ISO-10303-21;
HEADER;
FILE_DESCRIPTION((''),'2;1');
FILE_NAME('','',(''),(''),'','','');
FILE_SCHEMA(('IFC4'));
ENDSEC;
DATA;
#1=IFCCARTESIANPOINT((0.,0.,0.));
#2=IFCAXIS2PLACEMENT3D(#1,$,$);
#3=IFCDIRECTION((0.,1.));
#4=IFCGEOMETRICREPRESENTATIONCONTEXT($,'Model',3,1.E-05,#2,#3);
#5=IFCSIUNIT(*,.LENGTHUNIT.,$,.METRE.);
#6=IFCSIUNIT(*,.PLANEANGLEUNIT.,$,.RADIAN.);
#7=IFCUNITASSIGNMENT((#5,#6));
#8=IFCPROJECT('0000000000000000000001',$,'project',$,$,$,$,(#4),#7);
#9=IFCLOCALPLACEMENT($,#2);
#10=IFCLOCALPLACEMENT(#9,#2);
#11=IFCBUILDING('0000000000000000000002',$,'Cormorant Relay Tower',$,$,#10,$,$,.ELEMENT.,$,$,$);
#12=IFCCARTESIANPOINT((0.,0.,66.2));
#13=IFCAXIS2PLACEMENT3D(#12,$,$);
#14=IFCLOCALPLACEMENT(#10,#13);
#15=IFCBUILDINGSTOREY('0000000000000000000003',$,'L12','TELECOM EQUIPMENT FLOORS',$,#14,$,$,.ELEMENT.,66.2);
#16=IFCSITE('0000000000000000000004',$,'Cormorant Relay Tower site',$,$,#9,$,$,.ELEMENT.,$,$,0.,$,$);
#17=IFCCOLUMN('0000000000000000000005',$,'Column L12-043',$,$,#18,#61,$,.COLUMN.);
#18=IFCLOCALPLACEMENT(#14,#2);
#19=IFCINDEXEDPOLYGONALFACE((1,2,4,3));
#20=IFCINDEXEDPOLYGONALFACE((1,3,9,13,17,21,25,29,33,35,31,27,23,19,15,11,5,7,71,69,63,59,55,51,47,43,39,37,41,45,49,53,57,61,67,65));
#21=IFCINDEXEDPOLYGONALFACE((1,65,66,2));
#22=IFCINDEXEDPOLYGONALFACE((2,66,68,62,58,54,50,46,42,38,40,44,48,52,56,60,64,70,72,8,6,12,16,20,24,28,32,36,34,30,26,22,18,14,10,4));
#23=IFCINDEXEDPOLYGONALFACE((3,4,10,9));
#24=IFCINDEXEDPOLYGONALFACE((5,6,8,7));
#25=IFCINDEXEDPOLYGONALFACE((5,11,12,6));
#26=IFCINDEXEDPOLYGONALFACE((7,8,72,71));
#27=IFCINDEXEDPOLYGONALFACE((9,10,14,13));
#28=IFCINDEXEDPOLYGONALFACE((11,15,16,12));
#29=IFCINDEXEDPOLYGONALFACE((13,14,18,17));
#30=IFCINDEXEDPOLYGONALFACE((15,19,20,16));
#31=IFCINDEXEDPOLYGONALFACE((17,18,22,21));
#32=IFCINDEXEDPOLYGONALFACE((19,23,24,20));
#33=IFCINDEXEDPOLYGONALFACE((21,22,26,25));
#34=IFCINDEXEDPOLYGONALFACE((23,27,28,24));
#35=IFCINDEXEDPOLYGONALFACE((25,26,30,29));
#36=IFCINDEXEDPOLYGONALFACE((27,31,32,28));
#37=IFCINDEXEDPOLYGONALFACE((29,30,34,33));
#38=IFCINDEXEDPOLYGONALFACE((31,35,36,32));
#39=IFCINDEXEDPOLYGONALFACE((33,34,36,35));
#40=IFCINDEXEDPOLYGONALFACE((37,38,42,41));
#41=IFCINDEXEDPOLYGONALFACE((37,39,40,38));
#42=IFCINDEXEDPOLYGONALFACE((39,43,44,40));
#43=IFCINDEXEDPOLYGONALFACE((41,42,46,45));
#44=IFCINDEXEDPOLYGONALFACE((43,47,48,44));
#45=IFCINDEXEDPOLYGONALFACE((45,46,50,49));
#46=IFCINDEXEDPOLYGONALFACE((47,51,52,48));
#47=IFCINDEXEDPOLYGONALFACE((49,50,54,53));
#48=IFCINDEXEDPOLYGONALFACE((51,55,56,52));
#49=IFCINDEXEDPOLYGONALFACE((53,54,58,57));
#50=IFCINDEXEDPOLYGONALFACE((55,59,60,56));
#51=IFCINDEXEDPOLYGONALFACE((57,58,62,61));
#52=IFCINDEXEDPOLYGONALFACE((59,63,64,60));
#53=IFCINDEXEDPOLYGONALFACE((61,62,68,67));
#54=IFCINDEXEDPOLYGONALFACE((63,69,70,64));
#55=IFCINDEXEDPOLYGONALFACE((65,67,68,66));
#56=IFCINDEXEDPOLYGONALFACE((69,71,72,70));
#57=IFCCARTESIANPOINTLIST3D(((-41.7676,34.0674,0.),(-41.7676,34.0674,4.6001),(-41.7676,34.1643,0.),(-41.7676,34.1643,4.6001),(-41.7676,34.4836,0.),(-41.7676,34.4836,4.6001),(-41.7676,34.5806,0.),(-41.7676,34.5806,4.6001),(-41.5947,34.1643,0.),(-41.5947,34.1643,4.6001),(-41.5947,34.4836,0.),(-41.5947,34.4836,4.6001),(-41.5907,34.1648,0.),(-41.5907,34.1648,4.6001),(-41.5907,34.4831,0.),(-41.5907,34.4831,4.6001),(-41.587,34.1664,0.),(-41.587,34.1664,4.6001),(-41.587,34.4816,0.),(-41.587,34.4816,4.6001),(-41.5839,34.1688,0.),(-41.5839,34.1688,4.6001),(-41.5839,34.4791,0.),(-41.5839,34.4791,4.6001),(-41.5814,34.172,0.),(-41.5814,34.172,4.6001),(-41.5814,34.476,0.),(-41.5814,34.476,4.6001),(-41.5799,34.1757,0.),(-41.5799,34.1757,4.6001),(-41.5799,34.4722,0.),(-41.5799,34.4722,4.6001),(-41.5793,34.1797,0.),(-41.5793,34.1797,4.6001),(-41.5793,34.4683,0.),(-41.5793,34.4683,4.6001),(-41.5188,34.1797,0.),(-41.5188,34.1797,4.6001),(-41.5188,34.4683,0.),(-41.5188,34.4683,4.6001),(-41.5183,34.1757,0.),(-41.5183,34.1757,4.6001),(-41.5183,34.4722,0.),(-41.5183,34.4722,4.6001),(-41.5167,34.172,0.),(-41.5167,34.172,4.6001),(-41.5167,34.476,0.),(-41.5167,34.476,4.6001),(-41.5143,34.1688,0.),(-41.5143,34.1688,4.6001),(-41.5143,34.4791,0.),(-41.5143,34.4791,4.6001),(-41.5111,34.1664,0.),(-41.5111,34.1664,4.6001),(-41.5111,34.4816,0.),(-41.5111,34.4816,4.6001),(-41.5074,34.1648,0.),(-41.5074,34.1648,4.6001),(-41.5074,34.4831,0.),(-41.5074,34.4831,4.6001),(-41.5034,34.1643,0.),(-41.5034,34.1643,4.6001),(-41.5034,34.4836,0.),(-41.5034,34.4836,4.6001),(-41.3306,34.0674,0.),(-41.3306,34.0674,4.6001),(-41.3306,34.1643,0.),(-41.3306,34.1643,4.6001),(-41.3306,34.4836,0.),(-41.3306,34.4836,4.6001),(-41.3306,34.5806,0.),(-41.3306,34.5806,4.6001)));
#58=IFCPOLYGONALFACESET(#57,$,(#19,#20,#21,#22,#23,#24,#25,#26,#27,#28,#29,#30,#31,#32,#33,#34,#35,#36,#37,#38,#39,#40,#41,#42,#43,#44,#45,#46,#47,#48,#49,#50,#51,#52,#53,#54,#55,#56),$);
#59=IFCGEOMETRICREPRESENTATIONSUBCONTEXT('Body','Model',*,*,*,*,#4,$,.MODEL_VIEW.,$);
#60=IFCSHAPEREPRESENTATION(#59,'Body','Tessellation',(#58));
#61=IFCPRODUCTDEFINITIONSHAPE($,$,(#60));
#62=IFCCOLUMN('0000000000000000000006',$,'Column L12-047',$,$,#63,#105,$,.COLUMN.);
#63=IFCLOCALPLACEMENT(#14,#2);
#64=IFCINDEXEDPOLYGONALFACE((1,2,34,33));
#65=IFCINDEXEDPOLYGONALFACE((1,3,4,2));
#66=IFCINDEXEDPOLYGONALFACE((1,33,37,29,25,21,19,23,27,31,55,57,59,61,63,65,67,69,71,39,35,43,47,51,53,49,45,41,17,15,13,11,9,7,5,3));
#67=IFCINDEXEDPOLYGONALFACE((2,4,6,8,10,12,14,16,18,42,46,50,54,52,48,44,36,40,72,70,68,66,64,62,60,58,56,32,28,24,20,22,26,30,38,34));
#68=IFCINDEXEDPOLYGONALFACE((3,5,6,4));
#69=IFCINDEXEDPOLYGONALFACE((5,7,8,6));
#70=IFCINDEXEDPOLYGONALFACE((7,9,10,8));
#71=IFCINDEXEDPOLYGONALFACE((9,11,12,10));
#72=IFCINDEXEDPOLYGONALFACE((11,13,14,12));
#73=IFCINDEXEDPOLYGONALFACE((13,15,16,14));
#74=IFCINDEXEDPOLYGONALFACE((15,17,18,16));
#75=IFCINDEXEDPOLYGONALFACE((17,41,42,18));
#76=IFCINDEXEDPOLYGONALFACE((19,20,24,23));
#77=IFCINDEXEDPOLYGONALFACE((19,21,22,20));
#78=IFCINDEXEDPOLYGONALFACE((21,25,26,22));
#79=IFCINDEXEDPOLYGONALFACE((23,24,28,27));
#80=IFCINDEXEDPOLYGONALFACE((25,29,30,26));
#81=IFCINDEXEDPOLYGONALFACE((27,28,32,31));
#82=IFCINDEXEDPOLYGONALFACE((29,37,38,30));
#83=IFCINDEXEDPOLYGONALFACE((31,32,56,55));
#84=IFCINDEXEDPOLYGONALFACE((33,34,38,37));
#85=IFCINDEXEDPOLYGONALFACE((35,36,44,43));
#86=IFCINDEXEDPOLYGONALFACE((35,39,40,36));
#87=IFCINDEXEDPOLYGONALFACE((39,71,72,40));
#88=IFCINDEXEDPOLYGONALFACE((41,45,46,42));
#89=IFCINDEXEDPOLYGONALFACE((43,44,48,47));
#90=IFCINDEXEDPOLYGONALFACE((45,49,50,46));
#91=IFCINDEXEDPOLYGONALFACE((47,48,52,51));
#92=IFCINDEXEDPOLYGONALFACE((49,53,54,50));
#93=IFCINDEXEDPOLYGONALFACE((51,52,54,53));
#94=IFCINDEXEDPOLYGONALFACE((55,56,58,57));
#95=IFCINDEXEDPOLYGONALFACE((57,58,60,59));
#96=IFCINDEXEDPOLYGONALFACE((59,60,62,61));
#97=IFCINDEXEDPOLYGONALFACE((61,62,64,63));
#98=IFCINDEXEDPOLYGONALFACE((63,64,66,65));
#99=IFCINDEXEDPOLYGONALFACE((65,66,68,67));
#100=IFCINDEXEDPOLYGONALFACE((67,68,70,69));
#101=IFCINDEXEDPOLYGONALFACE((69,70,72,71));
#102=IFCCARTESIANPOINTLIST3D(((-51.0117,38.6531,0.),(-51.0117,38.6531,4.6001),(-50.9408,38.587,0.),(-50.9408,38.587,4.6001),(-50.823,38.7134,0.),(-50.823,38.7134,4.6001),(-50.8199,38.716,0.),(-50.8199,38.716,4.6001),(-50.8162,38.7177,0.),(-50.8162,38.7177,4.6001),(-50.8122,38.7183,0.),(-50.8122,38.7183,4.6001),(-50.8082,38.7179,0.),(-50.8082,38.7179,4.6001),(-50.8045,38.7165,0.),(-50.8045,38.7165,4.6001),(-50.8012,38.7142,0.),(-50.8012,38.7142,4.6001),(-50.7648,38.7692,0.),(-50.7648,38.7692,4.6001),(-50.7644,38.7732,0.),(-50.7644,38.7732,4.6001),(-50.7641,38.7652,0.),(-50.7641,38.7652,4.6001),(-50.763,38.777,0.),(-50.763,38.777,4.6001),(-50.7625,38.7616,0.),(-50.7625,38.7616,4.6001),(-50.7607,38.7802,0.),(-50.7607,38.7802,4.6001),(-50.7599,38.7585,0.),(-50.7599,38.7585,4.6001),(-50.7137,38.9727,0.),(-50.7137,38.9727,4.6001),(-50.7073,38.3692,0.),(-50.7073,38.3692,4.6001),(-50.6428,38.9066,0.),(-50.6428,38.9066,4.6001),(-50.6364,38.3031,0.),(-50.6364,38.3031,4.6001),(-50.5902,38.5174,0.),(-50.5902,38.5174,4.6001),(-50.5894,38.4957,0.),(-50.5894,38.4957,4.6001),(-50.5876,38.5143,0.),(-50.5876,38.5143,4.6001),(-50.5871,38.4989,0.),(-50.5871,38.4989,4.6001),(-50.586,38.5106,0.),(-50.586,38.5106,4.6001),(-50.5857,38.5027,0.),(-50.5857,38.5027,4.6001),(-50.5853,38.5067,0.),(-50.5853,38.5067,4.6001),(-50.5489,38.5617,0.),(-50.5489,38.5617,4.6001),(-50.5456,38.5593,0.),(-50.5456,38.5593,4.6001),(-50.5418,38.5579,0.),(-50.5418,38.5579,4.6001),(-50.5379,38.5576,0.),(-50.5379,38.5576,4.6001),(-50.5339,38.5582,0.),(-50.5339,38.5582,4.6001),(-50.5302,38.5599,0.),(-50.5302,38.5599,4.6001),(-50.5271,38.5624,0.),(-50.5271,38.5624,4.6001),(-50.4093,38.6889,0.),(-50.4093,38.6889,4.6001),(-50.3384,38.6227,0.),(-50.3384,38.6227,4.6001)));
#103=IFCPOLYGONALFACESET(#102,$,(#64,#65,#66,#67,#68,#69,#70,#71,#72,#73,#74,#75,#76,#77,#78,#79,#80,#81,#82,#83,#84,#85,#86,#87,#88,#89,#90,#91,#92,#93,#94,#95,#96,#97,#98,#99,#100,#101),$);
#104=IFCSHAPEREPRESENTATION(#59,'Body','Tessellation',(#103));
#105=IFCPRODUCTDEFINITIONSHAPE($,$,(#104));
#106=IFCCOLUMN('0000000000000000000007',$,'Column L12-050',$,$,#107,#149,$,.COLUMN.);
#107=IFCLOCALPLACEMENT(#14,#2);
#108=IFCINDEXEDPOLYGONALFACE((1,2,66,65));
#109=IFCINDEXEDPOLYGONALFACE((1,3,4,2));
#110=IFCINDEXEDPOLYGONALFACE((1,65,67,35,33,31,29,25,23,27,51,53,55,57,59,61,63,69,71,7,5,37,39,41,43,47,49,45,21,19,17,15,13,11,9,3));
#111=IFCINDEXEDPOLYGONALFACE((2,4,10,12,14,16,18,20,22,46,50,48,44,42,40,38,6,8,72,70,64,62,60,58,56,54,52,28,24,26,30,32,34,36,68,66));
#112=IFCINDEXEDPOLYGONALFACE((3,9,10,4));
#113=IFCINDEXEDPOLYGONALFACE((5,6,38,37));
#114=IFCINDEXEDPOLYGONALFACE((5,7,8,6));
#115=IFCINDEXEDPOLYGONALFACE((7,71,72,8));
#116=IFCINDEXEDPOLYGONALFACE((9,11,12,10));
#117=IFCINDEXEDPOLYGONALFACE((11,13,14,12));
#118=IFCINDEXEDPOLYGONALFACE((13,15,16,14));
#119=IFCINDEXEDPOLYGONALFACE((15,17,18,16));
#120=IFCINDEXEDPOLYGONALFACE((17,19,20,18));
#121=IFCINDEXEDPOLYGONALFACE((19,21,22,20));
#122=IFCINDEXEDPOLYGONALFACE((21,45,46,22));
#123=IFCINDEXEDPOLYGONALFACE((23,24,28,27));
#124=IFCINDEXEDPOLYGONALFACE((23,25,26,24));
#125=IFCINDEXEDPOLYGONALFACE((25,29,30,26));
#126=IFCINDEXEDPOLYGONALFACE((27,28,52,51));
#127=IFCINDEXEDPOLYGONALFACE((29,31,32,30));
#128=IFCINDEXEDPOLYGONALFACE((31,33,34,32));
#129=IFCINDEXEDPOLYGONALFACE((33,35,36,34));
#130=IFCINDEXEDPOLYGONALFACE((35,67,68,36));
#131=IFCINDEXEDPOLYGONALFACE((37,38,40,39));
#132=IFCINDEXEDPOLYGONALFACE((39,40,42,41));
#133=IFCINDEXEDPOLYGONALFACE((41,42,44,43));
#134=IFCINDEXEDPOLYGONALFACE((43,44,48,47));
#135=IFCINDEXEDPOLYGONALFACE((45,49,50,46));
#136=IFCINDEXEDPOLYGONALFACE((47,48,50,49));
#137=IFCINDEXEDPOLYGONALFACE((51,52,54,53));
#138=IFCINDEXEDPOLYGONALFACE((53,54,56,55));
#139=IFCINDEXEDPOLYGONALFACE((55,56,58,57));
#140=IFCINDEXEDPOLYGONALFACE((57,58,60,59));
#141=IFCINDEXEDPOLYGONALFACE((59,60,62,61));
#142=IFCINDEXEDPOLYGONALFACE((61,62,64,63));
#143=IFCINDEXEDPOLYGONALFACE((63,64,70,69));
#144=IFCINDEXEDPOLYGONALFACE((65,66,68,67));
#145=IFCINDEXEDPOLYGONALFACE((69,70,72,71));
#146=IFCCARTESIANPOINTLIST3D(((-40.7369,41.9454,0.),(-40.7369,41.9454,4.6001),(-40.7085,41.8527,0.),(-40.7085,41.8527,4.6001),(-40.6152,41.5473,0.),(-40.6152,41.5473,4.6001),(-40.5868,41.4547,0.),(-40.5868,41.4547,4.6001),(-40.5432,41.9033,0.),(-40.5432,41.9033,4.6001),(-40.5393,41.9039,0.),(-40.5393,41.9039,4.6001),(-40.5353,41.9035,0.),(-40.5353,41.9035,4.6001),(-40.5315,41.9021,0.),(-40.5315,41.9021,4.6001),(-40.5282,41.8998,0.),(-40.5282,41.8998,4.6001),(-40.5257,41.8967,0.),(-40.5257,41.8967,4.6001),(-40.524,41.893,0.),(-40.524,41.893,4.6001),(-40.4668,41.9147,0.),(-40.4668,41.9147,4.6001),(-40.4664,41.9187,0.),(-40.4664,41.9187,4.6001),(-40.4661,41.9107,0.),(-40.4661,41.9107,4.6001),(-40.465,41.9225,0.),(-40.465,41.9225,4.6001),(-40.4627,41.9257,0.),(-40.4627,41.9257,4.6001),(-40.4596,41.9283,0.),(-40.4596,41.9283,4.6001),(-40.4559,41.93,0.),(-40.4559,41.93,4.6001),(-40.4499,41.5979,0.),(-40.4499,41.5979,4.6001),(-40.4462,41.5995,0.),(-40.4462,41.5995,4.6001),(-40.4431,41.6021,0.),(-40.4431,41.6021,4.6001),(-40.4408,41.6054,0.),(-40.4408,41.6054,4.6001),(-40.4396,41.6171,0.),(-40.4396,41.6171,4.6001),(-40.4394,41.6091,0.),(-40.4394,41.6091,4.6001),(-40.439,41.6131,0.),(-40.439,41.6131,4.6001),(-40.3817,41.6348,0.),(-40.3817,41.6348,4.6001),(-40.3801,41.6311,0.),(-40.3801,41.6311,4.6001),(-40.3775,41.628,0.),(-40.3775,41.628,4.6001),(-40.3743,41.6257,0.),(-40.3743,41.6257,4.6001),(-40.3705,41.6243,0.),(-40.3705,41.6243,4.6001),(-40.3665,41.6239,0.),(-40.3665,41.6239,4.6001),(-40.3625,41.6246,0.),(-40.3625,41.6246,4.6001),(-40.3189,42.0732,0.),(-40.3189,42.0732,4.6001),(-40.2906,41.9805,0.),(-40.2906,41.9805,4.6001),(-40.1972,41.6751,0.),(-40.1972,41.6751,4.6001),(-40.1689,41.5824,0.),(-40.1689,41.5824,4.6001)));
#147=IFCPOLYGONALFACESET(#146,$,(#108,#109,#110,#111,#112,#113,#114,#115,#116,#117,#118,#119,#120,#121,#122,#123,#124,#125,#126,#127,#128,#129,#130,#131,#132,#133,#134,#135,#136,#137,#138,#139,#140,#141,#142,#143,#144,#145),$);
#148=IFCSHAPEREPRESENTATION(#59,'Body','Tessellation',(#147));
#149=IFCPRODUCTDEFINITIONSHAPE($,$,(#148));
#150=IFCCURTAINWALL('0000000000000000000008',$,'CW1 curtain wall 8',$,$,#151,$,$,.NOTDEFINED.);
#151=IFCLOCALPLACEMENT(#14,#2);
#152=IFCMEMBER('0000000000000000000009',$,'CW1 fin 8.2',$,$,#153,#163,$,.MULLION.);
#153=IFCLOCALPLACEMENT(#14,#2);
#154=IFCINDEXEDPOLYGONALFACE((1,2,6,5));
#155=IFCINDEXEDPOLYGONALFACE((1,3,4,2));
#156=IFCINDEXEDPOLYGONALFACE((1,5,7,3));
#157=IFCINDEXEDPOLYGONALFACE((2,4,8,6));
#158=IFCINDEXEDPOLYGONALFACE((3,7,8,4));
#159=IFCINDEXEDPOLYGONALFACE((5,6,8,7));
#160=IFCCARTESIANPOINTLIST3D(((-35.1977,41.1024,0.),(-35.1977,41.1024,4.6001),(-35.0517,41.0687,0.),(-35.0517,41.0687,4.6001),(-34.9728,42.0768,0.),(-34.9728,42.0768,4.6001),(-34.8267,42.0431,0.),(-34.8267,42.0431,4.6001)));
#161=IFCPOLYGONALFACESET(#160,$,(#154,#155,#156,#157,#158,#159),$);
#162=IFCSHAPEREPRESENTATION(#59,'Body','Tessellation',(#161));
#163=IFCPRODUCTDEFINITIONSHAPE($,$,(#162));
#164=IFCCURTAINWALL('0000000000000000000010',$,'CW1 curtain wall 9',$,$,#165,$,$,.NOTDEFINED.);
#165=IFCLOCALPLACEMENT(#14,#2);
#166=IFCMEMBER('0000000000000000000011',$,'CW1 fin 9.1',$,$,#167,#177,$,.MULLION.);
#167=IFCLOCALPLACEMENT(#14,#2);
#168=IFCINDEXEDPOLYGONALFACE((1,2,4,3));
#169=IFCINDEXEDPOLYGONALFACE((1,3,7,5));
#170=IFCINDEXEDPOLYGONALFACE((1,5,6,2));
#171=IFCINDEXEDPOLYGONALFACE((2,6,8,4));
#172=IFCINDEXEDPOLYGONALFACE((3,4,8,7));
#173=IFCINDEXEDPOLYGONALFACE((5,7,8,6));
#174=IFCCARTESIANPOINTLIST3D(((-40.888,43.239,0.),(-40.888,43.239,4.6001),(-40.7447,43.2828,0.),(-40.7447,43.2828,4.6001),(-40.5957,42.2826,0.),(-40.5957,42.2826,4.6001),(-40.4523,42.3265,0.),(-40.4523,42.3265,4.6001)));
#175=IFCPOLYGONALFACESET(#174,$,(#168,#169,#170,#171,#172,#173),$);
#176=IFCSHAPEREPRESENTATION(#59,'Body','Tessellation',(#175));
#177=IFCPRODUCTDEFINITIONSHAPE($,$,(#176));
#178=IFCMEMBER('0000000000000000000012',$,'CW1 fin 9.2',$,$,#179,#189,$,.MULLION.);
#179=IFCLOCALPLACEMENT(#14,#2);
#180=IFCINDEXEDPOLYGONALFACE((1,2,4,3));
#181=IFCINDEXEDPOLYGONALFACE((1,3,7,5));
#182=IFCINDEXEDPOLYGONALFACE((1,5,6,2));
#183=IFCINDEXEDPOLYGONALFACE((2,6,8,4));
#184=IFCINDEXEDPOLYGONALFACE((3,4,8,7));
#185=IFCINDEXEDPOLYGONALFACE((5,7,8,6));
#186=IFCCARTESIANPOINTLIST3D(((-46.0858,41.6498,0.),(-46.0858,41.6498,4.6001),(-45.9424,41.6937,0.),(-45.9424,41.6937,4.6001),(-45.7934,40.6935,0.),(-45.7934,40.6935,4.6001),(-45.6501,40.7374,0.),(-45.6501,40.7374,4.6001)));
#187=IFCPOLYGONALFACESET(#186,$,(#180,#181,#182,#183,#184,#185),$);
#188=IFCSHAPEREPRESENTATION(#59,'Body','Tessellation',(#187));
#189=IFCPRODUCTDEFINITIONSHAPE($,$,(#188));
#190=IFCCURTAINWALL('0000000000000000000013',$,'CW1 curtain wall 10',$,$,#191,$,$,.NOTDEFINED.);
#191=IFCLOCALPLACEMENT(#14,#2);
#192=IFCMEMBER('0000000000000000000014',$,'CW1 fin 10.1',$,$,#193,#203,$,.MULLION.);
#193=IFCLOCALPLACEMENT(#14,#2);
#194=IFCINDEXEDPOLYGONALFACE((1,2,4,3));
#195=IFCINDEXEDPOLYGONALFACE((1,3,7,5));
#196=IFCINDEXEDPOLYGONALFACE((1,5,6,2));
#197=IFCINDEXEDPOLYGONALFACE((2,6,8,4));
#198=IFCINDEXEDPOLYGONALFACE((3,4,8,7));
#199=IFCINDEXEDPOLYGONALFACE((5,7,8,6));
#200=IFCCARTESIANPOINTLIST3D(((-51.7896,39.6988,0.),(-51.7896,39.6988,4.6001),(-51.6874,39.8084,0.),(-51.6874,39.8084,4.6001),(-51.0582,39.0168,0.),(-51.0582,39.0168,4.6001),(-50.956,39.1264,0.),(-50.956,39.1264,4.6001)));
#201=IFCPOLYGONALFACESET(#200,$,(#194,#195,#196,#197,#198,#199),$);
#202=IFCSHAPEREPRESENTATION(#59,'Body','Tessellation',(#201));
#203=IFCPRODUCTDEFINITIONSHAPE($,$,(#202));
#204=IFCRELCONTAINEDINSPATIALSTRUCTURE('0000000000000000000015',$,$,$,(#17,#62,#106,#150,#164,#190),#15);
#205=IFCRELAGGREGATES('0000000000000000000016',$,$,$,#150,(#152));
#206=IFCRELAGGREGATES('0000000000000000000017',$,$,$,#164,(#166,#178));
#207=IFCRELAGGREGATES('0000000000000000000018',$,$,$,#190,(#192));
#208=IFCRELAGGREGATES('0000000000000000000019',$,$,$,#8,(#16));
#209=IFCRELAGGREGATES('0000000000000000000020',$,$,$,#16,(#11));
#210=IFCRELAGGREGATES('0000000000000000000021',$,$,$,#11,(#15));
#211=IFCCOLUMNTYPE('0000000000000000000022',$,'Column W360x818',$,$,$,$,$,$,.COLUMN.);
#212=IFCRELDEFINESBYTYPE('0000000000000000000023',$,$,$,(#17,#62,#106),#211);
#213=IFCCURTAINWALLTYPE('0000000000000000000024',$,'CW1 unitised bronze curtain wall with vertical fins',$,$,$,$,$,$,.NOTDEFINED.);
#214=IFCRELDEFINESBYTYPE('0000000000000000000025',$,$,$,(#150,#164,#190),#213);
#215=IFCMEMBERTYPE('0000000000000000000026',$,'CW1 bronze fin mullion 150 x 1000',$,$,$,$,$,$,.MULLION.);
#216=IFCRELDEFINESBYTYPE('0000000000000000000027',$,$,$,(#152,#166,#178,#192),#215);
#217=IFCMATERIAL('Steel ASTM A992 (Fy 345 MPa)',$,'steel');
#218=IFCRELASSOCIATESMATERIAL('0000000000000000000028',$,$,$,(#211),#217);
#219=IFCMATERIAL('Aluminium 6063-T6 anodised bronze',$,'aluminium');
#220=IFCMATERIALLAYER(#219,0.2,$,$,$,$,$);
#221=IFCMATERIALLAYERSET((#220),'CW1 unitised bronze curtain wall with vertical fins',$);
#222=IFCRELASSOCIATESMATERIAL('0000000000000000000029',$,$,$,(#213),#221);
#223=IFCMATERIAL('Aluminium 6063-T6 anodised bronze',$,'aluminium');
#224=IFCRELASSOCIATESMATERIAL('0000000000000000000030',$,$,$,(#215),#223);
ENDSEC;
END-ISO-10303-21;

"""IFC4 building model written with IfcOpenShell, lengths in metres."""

from ifc_helpers import new_model, si_unit, direction, frame, origin, origin_2d, place, context, subcontext, project, spatial, rectangle, i_section, extrude, material, layer, layer_set, material_profile, profile_set, type_object, element, aggregate, save


model = new_model("IFC4")

# Units and contexts
model_context = context("Model", 3, precision=1e-05, world=origin(), true_north=direction((0.0, 1.0)))
body_context = subcontext(model_context, "Body", "Model", "MODEL_VIEW")
ifc_project = project(units=[si_unit("LENGTHUNIT", "METRE"), si_unit("PLANEANGLEUNIT", "RADIAN")], contexts=[model_context])

# Site, building, storey
site_placement = place(None, origin())
site = spatial("IfcSite", under=ifc_project, at=site_placement, Name="Cormorant Relay Tower site", CompositionType="ELEMENT", RefElevation=0.0)
building_placement = place(site_placement, origin())
building = spatial("IfcBuilding", under=site, at=building_placement, Name="Cormorant Relay Tower", CompositionType="ELEMENT")
storey_placement = place(building_placement, frame((0.0, 0.0, 66.2)))
storey = spatial("IfcBuildingStorey", under=building, at=storey_placement, Name="L12", Description="TELECOM EQUIPMENT FLOORS", CompositionType="ELEMENT", Elevation=66.2)

# Columns
ifc_material_1 = material(Name="Steel ASTM A992 (Fy 345 MPa)", Category="steel")
ifc_material_profile_1 = material_profile(ifc_material_1, i_section(OverallWidth=0.437, OverallDepth=0.5132, WebThickness=0.0605, FlangeThickness=0.0969, FilletRadius=0.0154, at=origin_2d()), Name="W360x818")
ifc_profile_set_1 = profile_set([ifc_material_profile_1], Name="Steel ASTM A992 (Fy 345 MPa)")
column_type = type_object("IfcColumnType", Name="Column W360x818", PredefinedType="COLUMN", material=ifc_profile_set_1)
for number, where, z_axis, x_axis, name in (
    (1, (-41.5491, 34.324, 0.0), (0.0, 0.0, 1.0), (1.0, 0.0, 0.0), "Column L12-043"),
    (2, (-50.675, 38.6379, 0.0), (0.0, 0.0, 1.0), (-0.681998, -0.731354, 0.0), "Column L12-047"),
    (3, (-40.4529, 41.7639, 0.0), (0.0, 0.0, 1.0), (-0.956305, -0.292372, 0.0), "Column L12-050"),
):
    element("IfcColumn", number, at=place(storey_placement, frame(where, z_axis=z_axis, x_axis=x_axis)), inside=storey, type_object=column_type, Name=name, PredefinedType="COLUMN", context=body_context, shape_type="SweptSolid", body=[
        extrude(i_section(OverallWidth=0.437, OverallDepth=0.5132, WebThickness=0.0605, FlangeThickness=0.0969, FilletRadius=0.0154, at=origin_2d()), origin(), (0.0, 0.0, 1.0), 4.6001),
    ])

# Curtain wall, member
ifc_material_2 = material(Name="Aluminium 6063-T6 anodised bronze", Category="aluminium")
ifc_layer_1 = layer(ifc_material_2, 0.2)
ifc_layer_set_1 = layer_set([ifc_layer_1], Name="CW1 unitised bronze curtain wall with vertical fins")
curtain_wall_type = type_object("IfcCurtainWallType", Name="CW1 unitised bronze curtain wall with vertical fins", PredefinedType="NOTDEFINED", material=ifc_layer_set_1)
curtain_wall_1_placement = place(storey_placement, origin())
curtain_wall_1 = element("IfcCurtainWall", 4, at=curtain_wall_1_placement, inside=storey, type_object=curtain_wall_type, Name="CW1 curtain wall 8", PredefinedType="NOTDEFINED")
ifc_material_3 = material(Name="Aluminium 6063-T6 anodised bronze", Category="aluminium")
ifc_material_profile_2 = material_profile(ifc_material_3, rectangle(XDim=0.1499, YDim=1.0, at=origin_2d()), Name="AL 150x1000")
ifc_profile_set_2 = profile_set([ifc_material_profile_2], Name="Aluminium 6063-T6 anodised bronze")
member_type_1 = type_object("IfcMemberType", Name="CW1 bronze fin mullion 150 x 1000", PredefinedType="MULLION", material=ifc_profile_set_2)
member_1_placement = place(storey_placement, frame((-35.0122, 41.5728, 0.0), z_axis=(0.0, 0.0, 1.0), x_axis=(-0.97437, 0.224951, 0.0)))
member_1 = element("IfcMember", 5, at=member_1_placement, type_object=member_type_1, Name="CW1 fin 8.2", PredefinedType="MULLION", context=body_context, shape_type="SweptSolid", body=[
    extrude(rectangle(XDim=0.1499, YDim=1.0, at=origin_2d()), origin(), (0.0, 0.0, 1.0), 4.6001),
])

# Curtain walls, members
curtain_wall_2_placement = place(storey_placement, origin())
curtain_wall_2 = element("IfcCurtainWall", 6, at=curtain_wall_2_placement, inside=storey, type_object=curtain_wall_type, Name="CW1 curtain wall 9", PredefinedType="NOTDEFINED")
member_2_placement = place(storey_placement, frame((-40.6702, 42.7827, 0.0), z_axis=(0.0, 0.0, 1.0), x_axis=(-0.956305, -0.292372, 0.0)))
member_2 = element("IfcMember", 7, at=member_2_placement, type_object=member_type_1, Name="CW1 fin 9.1", PredefinedType="MULLION", context=body_context, shape_type="SweptSolid", body=[
    extrude(rectangle(XDim=0.1499, YDim=1.0, at=origin_2d()), origin(), (0.0, 0.0, 1.0), 4.6001),
])
member_3_placement = place(storey_placement, frame((-45.8679, 41.1936, 0.0), z_axis=(0.0, 0.0, 1.0), x_axis=(-0.956305, -0.292372, 0.0)))
member_3 = element("IfcMember", 8, at=member_3_placement, type_object=member_type_1, Name="CW1 fin 9.2", PredefinedType="MULLION", context=body_context, shape_type="SweptSolid", body=[
    extrude(rectangle(XDim=0.1499, YDim=1.0, at=origin_2d()), origin(), (0.0, 0.0, 1.0), 4.6001),
])
curtain_wall_3_placement = place(storey_placement, origin())
curtain_wall_3 = element("IfcCurtainWall", 9, at=curtain_wall_3_placement, inside=storey, type_object=curtain_wall_type, Name="CW1 curtain wall 10", PredefinedType="NOTDEFINED")
member_4_placement = place(storey_placement, frame((-51.3728, 39.4126, 0.0), z_axis=(0.0, 0.0, 1.0), x_axis=(-0.681998, -0.731354, 0.0)))
member_4 = element("IfcMember", 10, at=member_4_placement, type_object=member_type_1, Name="CW1 fin 10.1", PredefinedType="MULLION", context=body_context, shape_type="SweptSolid", body=[
    extrude(rectangle(XDim=0.1499, YDim=1.0, at=origin_2d()), origin(), (0.0, 0.0, 1.0), 4.6001),
])

aggregate(curtain_wall_1, [member_1])
aggregate(curtain_wall_2, [member_2, member_3])
aggregate(curtain_wall_3, [member_4])

save(model, "model.ifc")
